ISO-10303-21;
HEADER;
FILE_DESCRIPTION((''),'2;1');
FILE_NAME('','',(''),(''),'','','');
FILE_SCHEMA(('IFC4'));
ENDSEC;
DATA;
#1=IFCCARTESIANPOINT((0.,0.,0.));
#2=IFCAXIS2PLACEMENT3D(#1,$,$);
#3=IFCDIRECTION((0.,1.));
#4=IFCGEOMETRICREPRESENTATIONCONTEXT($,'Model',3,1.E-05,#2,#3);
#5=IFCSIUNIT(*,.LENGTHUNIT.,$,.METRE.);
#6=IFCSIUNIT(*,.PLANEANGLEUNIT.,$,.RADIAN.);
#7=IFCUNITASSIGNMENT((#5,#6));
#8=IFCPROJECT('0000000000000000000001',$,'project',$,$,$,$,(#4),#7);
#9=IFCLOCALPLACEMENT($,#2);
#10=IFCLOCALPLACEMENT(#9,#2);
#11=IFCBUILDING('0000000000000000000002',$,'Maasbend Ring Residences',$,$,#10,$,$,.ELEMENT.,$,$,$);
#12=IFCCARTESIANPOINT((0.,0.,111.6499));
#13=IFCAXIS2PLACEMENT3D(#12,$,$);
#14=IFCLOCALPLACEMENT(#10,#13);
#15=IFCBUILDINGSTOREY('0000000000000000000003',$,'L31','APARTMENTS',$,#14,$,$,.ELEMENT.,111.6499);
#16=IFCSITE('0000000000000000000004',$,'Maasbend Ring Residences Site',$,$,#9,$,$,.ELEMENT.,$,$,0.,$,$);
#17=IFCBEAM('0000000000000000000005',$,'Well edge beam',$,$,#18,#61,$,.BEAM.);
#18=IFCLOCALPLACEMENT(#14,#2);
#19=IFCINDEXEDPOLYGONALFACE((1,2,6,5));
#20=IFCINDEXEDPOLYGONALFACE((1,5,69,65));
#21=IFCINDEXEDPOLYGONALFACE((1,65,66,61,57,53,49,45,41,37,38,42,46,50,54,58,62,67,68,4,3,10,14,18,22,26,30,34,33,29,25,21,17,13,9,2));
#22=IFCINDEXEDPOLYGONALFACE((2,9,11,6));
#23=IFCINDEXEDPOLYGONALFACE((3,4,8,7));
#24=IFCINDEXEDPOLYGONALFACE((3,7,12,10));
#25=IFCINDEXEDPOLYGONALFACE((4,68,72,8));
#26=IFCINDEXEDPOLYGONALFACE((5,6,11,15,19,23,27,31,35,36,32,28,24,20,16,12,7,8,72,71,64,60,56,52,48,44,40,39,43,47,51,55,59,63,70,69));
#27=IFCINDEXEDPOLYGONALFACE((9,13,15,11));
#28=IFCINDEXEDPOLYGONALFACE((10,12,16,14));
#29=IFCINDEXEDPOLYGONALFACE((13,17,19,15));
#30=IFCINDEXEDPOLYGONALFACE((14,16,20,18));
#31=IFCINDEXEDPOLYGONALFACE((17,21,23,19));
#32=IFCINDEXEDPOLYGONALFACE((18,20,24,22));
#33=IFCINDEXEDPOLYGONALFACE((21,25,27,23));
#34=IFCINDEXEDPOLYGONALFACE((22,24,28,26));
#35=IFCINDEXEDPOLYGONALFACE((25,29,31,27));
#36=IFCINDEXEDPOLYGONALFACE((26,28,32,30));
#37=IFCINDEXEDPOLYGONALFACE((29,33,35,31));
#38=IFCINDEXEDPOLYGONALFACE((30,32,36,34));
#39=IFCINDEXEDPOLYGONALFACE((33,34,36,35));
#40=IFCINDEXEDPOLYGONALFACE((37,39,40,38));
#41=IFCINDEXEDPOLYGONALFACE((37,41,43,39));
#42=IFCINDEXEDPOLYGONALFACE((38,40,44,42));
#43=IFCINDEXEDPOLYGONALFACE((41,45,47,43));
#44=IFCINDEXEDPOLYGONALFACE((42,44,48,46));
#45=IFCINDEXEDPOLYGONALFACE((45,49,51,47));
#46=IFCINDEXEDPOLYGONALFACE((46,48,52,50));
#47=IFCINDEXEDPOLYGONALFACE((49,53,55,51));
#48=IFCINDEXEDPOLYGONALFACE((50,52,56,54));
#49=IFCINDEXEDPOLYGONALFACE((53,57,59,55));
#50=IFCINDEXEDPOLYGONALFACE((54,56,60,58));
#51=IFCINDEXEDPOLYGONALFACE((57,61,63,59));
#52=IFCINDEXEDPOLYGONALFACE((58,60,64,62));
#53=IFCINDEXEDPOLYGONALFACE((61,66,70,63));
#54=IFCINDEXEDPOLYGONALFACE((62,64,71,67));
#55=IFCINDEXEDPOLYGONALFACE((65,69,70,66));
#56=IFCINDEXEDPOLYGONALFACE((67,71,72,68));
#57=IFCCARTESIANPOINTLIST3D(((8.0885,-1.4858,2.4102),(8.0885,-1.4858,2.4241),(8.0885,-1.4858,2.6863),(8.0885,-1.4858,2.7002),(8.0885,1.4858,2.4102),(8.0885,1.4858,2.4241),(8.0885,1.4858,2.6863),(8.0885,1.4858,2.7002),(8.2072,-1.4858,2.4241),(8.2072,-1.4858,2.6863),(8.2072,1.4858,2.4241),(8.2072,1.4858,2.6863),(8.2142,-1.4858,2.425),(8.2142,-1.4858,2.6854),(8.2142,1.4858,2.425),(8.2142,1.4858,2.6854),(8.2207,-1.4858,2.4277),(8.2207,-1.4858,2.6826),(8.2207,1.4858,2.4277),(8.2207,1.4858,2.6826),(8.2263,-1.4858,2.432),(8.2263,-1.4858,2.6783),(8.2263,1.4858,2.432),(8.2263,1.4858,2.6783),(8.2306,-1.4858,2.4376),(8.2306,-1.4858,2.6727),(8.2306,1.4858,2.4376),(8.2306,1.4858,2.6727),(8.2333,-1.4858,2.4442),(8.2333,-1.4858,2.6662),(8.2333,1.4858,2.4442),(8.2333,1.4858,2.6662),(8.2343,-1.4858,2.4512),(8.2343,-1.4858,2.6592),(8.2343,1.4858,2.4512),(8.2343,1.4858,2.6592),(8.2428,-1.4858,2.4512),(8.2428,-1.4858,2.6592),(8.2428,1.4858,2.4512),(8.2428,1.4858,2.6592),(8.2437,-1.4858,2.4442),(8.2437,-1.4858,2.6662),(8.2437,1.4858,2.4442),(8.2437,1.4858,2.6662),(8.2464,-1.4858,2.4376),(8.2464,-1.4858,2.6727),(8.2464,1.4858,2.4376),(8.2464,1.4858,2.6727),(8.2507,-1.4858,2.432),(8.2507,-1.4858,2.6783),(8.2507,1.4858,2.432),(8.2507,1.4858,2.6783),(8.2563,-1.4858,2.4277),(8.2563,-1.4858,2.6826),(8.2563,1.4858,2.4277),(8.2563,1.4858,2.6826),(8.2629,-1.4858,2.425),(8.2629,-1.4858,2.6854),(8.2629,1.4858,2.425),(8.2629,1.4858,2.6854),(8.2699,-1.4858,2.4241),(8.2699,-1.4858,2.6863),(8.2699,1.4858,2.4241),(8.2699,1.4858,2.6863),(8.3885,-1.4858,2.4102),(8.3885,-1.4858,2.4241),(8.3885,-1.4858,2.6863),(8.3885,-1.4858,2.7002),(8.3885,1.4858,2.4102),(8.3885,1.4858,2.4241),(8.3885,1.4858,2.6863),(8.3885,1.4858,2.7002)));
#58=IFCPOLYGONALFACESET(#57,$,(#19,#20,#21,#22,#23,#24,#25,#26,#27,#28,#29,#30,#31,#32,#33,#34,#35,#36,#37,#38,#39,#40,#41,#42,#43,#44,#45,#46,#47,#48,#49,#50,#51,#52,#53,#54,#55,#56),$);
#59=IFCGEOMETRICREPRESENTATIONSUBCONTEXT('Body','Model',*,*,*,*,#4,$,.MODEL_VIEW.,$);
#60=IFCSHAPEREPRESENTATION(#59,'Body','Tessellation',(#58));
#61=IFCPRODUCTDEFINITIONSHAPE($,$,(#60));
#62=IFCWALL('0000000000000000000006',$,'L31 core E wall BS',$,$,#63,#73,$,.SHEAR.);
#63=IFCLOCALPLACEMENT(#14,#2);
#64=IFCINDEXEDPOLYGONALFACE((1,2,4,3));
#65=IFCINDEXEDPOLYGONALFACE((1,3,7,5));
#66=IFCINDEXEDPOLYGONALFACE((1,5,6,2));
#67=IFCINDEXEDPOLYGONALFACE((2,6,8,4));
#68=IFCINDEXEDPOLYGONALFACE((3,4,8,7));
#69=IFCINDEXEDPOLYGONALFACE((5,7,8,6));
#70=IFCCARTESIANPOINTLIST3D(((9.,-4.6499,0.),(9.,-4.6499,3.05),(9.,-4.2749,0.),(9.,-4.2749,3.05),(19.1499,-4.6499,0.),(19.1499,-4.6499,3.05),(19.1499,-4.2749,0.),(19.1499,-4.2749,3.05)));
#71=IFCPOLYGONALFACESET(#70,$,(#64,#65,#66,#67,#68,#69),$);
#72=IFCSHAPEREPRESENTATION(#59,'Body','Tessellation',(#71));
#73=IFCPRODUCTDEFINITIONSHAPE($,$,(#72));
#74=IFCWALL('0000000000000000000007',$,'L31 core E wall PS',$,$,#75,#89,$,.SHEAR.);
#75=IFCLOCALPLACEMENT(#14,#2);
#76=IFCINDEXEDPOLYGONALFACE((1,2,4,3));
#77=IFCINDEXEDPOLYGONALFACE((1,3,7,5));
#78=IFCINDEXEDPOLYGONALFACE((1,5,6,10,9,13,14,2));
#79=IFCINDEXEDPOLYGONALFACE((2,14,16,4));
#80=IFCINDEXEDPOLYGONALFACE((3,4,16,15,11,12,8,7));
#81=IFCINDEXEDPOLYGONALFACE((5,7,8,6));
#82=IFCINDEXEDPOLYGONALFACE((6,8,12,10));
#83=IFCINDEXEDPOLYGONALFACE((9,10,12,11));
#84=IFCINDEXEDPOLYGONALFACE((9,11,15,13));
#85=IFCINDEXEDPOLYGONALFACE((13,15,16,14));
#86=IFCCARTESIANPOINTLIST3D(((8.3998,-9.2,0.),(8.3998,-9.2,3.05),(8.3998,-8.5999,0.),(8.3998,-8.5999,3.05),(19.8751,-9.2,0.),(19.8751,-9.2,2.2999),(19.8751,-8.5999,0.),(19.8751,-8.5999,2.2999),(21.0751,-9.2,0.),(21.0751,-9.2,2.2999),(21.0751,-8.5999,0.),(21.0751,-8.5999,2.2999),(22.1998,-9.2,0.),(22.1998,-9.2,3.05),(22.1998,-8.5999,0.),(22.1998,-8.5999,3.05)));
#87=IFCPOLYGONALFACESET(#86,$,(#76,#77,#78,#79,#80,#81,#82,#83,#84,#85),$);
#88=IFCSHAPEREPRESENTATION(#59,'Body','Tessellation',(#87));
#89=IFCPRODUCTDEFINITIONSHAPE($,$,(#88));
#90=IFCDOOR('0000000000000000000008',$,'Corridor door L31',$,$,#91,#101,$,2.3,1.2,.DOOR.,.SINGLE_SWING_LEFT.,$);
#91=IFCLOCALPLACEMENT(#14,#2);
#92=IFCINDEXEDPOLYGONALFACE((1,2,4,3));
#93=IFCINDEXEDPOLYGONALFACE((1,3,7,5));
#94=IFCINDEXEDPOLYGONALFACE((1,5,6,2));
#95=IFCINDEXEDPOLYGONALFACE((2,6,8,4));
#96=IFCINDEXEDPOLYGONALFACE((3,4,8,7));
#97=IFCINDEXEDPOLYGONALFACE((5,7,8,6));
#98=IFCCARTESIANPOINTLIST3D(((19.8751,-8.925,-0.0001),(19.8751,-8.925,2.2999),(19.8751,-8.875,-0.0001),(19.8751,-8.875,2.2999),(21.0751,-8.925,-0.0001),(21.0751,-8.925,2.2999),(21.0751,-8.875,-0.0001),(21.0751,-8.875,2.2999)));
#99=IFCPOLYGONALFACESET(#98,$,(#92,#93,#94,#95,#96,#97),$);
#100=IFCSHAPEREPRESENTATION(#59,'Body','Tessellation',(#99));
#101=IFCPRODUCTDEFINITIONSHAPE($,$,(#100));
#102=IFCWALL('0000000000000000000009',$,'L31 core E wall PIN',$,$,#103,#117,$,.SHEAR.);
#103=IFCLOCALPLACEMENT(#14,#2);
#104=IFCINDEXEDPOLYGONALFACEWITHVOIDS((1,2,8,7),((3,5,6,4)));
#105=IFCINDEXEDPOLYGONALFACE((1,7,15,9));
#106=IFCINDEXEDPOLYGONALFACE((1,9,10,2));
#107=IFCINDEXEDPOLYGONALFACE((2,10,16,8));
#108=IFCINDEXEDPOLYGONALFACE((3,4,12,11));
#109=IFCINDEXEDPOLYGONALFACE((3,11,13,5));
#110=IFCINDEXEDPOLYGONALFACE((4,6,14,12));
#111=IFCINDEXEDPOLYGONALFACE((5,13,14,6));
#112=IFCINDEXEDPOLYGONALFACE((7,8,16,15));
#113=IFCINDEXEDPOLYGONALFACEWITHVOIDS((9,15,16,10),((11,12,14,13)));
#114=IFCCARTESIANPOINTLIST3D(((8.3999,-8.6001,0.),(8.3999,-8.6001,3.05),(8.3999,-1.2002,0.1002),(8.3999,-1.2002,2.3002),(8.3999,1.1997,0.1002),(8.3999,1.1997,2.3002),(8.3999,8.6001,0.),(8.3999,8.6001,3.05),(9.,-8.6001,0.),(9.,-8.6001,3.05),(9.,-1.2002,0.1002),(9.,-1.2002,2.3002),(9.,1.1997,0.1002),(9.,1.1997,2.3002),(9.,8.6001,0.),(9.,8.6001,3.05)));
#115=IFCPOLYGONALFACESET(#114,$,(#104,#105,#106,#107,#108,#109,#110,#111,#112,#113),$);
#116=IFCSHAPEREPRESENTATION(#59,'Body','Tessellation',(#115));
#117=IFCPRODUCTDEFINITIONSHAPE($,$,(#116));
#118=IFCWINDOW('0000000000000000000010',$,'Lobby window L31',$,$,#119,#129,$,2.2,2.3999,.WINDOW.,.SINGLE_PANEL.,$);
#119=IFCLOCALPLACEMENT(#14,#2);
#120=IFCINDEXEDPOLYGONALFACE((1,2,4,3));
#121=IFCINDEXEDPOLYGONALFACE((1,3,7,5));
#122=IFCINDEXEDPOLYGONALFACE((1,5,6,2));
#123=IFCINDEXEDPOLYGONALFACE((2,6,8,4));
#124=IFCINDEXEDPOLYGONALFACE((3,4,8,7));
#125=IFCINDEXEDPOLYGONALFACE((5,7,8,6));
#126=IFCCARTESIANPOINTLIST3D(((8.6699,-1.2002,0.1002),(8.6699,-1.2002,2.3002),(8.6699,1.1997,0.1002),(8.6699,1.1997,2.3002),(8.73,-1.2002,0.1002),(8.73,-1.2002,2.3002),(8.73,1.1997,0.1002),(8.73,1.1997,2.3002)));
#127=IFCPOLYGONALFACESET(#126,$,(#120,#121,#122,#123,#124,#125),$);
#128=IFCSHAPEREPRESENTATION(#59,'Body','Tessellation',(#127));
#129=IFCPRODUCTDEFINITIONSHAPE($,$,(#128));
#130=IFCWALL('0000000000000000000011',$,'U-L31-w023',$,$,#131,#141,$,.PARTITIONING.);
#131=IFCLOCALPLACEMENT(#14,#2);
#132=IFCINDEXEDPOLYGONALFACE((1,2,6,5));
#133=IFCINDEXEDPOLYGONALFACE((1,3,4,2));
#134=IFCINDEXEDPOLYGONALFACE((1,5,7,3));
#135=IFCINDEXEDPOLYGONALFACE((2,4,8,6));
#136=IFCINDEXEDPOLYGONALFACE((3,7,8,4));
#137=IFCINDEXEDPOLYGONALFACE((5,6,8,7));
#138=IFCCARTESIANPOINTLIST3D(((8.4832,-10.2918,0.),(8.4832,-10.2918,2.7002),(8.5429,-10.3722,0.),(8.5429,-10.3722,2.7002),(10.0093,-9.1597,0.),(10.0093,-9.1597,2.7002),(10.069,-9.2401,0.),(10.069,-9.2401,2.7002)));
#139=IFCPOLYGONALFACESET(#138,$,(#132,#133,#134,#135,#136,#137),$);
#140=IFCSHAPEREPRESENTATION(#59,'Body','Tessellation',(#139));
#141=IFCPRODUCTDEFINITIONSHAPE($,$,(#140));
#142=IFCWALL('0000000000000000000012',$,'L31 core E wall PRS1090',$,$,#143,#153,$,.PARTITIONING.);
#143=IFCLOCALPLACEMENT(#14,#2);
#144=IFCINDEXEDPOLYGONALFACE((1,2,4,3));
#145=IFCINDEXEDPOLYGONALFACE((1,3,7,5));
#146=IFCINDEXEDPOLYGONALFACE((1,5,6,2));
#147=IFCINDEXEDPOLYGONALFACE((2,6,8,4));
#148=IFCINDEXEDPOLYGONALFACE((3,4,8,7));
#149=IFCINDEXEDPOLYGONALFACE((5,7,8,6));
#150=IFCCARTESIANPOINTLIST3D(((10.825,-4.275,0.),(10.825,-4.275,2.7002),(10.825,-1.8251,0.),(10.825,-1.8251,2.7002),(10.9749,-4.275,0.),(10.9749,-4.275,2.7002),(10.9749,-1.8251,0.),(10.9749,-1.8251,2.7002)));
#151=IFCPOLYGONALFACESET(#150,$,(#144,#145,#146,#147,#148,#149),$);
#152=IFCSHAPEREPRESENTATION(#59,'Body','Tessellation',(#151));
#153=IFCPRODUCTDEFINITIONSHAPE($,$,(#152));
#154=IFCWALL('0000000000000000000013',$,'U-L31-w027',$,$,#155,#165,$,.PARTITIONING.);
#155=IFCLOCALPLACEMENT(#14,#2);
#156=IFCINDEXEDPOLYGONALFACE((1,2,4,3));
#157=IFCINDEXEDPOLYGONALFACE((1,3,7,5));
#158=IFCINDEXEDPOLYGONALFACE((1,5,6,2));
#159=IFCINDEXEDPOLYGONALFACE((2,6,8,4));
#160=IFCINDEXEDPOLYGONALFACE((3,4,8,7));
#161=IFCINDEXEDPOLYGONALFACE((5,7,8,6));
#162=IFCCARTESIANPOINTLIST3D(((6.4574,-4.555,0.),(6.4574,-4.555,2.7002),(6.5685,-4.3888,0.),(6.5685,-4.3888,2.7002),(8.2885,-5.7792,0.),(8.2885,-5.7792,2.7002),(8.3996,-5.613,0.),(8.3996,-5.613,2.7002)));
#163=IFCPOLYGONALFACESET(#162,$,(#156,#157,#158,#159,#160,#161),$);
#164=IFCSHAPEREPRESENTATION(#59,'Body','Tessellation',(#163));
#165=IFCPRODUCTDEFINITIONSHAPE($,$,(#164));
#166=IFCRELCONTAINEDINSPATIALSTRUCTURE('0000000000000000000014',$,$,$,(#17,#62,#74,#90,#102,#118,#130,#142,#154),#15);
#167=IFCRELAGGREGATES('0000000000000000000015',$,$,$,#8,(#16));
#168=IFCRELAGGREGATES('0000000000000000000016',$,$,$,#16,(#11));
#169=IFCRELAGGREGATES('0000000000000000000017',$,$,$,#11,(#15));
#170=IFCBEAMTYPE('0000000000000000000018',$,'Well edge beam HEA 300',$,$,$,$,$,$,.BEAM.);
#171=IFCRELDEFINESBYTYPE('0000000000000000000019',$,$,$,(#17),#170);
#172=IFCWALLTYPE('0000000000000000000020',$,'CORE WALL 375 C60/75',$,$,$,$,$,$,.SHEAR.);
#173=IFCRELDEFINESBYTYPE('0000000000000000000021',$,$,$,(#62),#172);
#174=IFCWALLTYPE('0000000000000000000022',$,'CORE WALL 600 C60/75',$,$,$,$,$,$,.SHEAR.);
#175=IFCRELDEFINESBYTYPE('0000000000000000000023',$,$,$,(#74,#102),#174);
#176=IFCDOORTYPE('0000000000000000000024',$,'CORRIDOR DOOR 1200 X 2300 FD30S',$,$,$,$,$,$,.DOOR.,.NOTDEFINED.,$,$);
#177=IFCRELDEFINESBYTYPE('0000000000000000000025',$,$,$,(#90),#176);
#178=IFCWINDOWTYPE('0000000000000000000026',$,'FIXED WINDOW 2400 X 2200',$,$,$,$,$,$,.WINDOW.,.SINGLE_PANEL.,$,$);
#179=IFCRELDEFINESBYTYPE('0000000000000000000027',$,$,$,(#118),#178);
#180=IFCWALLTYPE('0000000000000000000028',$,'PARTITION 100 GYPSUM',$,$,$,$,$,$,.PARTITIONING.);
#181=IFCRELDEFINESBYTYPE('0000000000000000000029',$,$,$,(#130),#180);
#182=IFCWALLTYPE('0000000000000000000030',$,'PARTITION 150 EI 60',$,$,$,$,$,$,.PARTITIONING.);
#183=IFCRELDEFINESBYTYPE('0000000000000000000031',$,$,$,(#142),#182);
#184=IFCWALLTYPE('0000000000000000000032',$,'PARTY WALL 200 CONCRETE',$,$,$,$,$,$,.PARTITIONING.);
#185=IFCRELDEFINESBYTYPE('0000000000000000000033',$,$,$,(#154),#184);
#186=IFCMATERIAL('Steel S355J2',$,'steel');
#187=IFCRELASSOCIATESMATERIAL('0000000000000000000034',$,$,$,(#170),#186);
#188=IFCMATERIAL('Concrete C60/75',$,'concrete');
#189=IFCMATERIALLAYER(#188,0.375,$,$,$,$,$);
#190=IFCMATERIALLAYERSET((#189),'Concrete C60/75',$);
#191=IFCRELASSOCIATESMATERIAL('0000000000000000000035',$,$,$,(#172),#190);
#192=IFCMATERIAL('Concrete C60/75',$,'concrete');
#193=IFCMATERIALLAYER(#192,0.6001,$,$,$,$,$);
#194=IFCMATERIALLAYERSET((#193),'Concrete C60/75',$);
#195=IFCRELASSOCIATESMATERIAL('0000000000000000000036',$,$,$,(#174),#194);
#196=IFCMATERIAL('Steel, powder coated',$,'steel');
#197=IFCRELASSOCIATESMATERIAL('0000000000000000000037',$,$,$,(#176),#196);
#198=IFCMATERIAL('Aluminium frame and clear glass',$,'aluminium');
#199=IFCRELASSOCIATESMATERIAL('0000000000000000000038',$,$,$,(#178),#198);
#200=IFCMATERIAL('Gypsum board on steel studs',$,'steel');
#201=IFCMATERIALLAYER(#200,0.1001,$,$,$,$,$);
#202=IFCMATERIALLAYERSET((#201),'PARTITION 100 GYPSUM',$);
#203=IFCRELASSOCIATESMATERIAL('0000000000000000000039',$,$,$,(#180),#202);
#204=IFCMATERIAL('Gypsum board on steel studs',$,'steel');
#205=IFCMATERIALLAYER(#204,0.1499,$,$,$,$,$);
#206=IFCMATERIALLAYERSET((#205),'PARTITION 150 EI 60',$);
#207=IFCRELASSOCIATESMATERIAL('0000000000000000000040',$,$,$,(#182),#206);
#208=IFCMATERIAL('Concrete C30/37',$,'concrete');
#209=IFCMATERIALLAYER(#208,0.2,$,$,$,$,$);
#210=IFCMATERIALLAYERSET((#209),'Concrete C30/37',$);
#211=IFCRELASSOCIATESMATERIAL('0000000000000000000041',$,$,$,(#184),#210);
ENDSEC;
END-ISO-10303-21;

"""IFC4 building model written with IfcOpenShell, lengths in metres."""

from ifc_helpers import new_model, si_unit, direction, frame, frame_2d, origin, origin_2d, place, context, subcontext, project, spatial, rectangle, i_section, extrude, material, layer, layer_set, material_profile, profile_set, type_object, element, fill, save


model = new_model("IFC4")

# Units and contexts
model_context = context("Model", 3, precision=1e-05, world=origin(), true_north=direction((0.0, 1.0)))
body_context = subcontext(model_context, "Body", "Model", "MODEL_VIEW")
ifc_project = project(units=[si_unit("LENGTHUNIT", "METRE"), si_unit("PLANEANGLEUNIT", "RADIAN")], contexts=[model_context])

# Site, building, storey
site_placement = place(None, origin())
site = spatial("IfcSite", under=ifc_project, at=site_placement, Name="Maasbend Ring Residences Site", CompositionType="ELEMENT", RefElevation=0.0)
building_placement = place(site_placement, origin())
building = spatial("IfcBuilding", under=site, at=building_placement, Name="Maasbend Ring Residences", CompositionType="ELEMENT")
storey_placement = place(building_placement, frame((0.0, 0.0, 111.6499)))
storey = spatial("IfcBuildingStorey", under=building, at=storey_placement, Name="L31", Description="APARTMENTS", CompositionType="ELEMENT", Elevation=111.6499)

# Beam
ifc_material_1 = material(Name="Steel S355J2", Category="steel")
ifc_material_profile_1 = material_profile(ifc_material_1, i_section(OverallWidth=0.3, OverallDepth=0.29, WebThickness=0.0085, FlangeThickness=0.0139, FilletRadius=0.0271, at=origin_2d()), Name="HEA 300")
ifc_profile_set_1 = profile_set([ifc_material_profile_1], Name="Steel S355J2")
beam_type = type_object("IfcBeamType", Name="Well edge beam HEA 300", PredefinedType="BEAM", material=ifc_profile_set_1)
for number, where, z_axis, x_axis, name in (
    (1, (8.2385, -1.4858, 2.5552), (0.0, 1.0, 0.0), (-1.0, 0.0, 0.0), "Well edge beam"),
):
    element("IfcBeam", number, at=place(storey_placement, frame(where, z_axis=z_axis, x_axis=x_axis)), inside=storey, type_object=beam_type, Name=name, PredefinedType="BEAM", context=body_context, shape_type="SweptSolid", body=[
        extrude(i_section(OverallWidth=0.3, OverallDepth=0.29, WebThickness=0.0085, FlangeThickness=0.0139, FilletRadius=0.0271, at=origin_2d()), origin(), (0.0, 0.0, 1.0), 2.9717),
    ])

# Wall
ifc_material_2 = material(Name="Concrete C60/75", Category="concrete")
ifc_layer_1 = layer(ifc_material_2, 0.375)
ifc_layer_set_1 = layer_set([ifc_layer_1], Name="Concrete C60/75")
wall_type_1 = type_object("IfcWallType", Name="CORE WALL 375 C60/75", PredefinedType="SHEAR", material=ifc_layer_set_1)
wall_1_placement = place(storey_placement, frame((9.0, -4.4624, 0.0), z_axis=(0.0, 0.0, 1.0), x_axis=(1.0, 0.0, 0.0)))
element("IfcWall", 2, at=wall_1_placement, inside=storey, type_object=wall_type_1, Name="L31 core E wall BS", PredefinedType="SHEAR", context=body_context, shape_type="SweptSolid", body=[
    extrude(rectangle(XDim=10.1499, YDim=0.375, at=frame_2d((5.075, 0.0))), origin(), (0.0, 0.0, 1.0), 3.05),
])

# Wall, opening, door
ifc_material_3 = material(Name="Concrete C60/75", Category="concrete")
ifc_layer_2 = layer(ifc_material_3, 0.6001)
ifc_layer_set_2 = layer_set([ifc_layer_2], Name="Concrete C60/75")
wall_type_2 = type_object("IfcWallType", Name="CORE WALL 600 C60/75", PredefinedType="SHEAR", material=ifc_layer_set_2)
wall_2_placement = place(storey_placement, frame((8.3999, -8.8999, 0.0), z_axis=(0.0, 0.0, 1.0), x_axis=(1.0, 0.0, 0.0)))
wall_2 = element("IfcWall", 3, at=wall_2_placement, inside=storey, type_object=wall_type_2, Name="L31 core E wall PS", PredefinedType="SHEAR", context=body_context, shape_type="SweptSolid", body=[
    extrude(rectangle(XDim=13.8, YDim=0.6001, at=frame_2d((6.8999, 0.0))), origin(), (0.0, 0.0, 1.0), 3.05),
])
opening_1_placement = place(wall_2_placement, frame((11.4751, 0.0, 0.0)))
opening_1 = element("IfcOpeningElement", 4, at=opening_1_placement, cuts=wall_2, PredefinedType="OPENING", context=body_context, shape_type="SweptSolid", body=[
    extrude(rectangle(XDim=1.2, YDim=2.3, at=frame_2d((0.6001, 1.1499))), frame((0.0, 0.3101, 0.0), z_axis=(0.0, -1.0, 0.0), x_axis=(1.0, 0.0, 0.0)), (0.0, 0.0, 1.0), 0.6201),
])
ifc_material_4 = material(Name="Steel, powder coated", Category="steel")
door_type = type_object("IfcDoorType", Name="CORRIDOR DOOR 1200 X 2300 FD30S", OperationType="NOTDEFINED", PredefinedType="DOOR", material=ifc_material_4)
door_placement = place(opening_1_placement, origin())
door = element("IfcDoor", 5, at=door_placement, inside=storey, type_object=door_type, Name="Corridor door L31", OperationType="SINGLE_SWING_LEFT", OverallHeight=2.3, OverallWidth=1.2, PredefinedType="DOOR", context=body_context, shape_type="SweptSolid", body=[
    extrude(rectangle(XDim=1.2, YDim=2.3, at=frame_2d((0.6001, 1.1499))), frame((0.0, 0.0249, 0.0), z_axis=(0.0, -1.0, 0.0), x_axis=(1.0, 0.0, 0.0)), (0.0, 0.0, 1.0), 0.05),
])
fill(opening_1, door)

# Wall, opening, window
wall_3_placement = place(storey_placement, frame((8.7, -8.6001, 0.0), z_axis=(0.0, 0.0, 1.0), x_axis=(0.0, 1.0, 0.0)))
wall_3 = element("IfcWall", 6, at=wall_3_placement, inside=storey, type_object=wall_type_2, Name="L31 core E wall PIN", PredefinedType="SHEAR", context=body_context, shape_type="SweptSolid", body=[
    extrude(rectangle(XDim=17.2002, YDim=0.6001, at=frame_2d((8.6001, 0.0))), origin(), (0.0, 0.0, 1.0), 3.05),
])
opening_2_placement = place(wall_3_placement, frame((7.3999, 0.0, 0.1001)))
opening_2 = element("IfcOpeningElement", 7, at=opening_2_placement, cuts=wall_3, PredefinedType="OPENING", context=body_context, shape_type="SweptSolid", body=[
    extrude(rectangle(XDim=2.3999, YDim=2.2, at=frame_2d((1.2, 1.1001))), frame((0.0, 0.3101, 0.0), z_axis=(0.0, -1.0, 0.0), x_axis=(1.0, 0.0, 0.0)), (0.0, 0.0, 1.0), 0.6201),
])
ifc_material_5 = material(Name="Aluminium frame and clear glass", Category="aluminium")
window_type = type_object("IfcWindowType", Name="FIXED WINDOW 2400 X 2200", PartitioningType="SINGLE_PANEL", PredefinedType="WINDOW", material=ifc_material_5)
window_placement = place(opening_2_placement, origin())
window = element("IfcWindow", 8, at=window_placement, inside=storey, type_object=window_type, Name="Lobby window L31", OverallHeight=2.2, OverallWidth=2.3999, PartitioningType="SINGLE_PANEL", PredefinedType="WINDOW", context=body_context, shape_type="SweptSolid", body=[
    extrude(rectangle(XDim=2.3999, YDim=2.2, at=frame_2d((1.2, 1.1001))), frame((0.0, 0.03, 0.0), z_axis=(0.0, -1.0, 0.0), x_axis=(1.0, 0.0, 0.0)), (0.0, 0.0, 1.0), 0.0601),
])
fill(opening_2, window)

# Walls
ifc_material_6 = material(Name="Gypsum board on steel studs", Category="steel")
ifc_layer_3 = layer(ifc_material_6, 0.1001)
ifc_layer_set_3 = layer_set([ifc_layer_3], Name="PARTITION 100 GYPSUM")
wall_type_3 = type_object("IfcWallType", Name="PARTITION 100 GYPSUM", PredefinedType="PARTITIONING", material=ifc_layer_set_3)
wall_4_placement = place(storey_placement, frame((8.5129, -10.332, 0.0), z_axis=(0.0, 0.0, 1.0), x_axis=(0.80315, 0.595777, 0.0)))
element("IfcWall", 9, at=wall_4_placement, inside=storey, type_object=wall_type_3, Name="U-L31-w023", PredefinedType="PARTITIONING", context=body_context, shape_type="SweptSolid", body=[
    extrude(rectangle(XDim=1.9001, YDim=0.1001, at=frame_2d((0.9502, 0.0))), origin(), (0.0, 0.0, 1.0), 2.7002),
])
ifc_material_7 = material(Name="Gypsum board on steel studs", Category="steel")
ifc_layer_4 = layer(ifc_material_7, 0.1499)
ifc_layer_set_4 = layer_set([ifc_layer_4], Name="PARTITION 150 EI 60")
wall_type_4 = type_object("IfcWallType", Name="PARTITION 150 EI 60", PredefinedType="PARTITIONING", material=ifc_layer_set_4)
wall_5_placement = place(storey_placement, frame((10.8999, -1.825, 0.0), z_axis=(0.0, 0.0, 1.0), x_axis=(0.0, -1.0, 0.0)))
element("IfcWall", 10, at=wall_5_placement, inside=storey, type_object=wall_type_4, Name="L31 core E wall PRS1090", PredefinedType="PARTITIONING", context=body_context, shape_type="SweptSolid", body=[
    extrude(rectangle(XDim=2.45, YDim=0.1499, at=frame_2d((1.2251, 0.0))), origin(), (0.0, 0.0, 1.0), 2.7002),
])
ifc_material_8 = material(Name="Concrete C30/37", Category="concrete")
ifc_layer_5 = layer(ifc_material_8, 0.2)
ifc_layer_set_5 = layer_set([ifc_layer_5], Name="Concrete C30/37")
wall_type_5 = type_object("IfcWallType", Name="PARTY WALL 200 CONCRETE", PredefinedType="PARTITIONING", material=ifc_layer_set_5)
wall_6_placement = place(storey_placement, frame((6.5129, -4.4719, 0.0), z_axis=(0.0, 0.0, 1.0), x_axis=(0.831333, -0.555774, 0.0)))
element("IfcWall", 11, at=wall_6_placement, inside=storey, type_object=wall_type_5, Name="U-L31-w027", PredefinedType="PARTITIONING", context=body_context, shape_type="SweptSolid", body=[
    extrude(rectangle(XDim=2.2026, YDim=0.2, at=frame_2d((1.1013, 0.0))), origin(), (0.0, 0.0, 1.0), 2.7002),
])

save(model, "model.ifc")
